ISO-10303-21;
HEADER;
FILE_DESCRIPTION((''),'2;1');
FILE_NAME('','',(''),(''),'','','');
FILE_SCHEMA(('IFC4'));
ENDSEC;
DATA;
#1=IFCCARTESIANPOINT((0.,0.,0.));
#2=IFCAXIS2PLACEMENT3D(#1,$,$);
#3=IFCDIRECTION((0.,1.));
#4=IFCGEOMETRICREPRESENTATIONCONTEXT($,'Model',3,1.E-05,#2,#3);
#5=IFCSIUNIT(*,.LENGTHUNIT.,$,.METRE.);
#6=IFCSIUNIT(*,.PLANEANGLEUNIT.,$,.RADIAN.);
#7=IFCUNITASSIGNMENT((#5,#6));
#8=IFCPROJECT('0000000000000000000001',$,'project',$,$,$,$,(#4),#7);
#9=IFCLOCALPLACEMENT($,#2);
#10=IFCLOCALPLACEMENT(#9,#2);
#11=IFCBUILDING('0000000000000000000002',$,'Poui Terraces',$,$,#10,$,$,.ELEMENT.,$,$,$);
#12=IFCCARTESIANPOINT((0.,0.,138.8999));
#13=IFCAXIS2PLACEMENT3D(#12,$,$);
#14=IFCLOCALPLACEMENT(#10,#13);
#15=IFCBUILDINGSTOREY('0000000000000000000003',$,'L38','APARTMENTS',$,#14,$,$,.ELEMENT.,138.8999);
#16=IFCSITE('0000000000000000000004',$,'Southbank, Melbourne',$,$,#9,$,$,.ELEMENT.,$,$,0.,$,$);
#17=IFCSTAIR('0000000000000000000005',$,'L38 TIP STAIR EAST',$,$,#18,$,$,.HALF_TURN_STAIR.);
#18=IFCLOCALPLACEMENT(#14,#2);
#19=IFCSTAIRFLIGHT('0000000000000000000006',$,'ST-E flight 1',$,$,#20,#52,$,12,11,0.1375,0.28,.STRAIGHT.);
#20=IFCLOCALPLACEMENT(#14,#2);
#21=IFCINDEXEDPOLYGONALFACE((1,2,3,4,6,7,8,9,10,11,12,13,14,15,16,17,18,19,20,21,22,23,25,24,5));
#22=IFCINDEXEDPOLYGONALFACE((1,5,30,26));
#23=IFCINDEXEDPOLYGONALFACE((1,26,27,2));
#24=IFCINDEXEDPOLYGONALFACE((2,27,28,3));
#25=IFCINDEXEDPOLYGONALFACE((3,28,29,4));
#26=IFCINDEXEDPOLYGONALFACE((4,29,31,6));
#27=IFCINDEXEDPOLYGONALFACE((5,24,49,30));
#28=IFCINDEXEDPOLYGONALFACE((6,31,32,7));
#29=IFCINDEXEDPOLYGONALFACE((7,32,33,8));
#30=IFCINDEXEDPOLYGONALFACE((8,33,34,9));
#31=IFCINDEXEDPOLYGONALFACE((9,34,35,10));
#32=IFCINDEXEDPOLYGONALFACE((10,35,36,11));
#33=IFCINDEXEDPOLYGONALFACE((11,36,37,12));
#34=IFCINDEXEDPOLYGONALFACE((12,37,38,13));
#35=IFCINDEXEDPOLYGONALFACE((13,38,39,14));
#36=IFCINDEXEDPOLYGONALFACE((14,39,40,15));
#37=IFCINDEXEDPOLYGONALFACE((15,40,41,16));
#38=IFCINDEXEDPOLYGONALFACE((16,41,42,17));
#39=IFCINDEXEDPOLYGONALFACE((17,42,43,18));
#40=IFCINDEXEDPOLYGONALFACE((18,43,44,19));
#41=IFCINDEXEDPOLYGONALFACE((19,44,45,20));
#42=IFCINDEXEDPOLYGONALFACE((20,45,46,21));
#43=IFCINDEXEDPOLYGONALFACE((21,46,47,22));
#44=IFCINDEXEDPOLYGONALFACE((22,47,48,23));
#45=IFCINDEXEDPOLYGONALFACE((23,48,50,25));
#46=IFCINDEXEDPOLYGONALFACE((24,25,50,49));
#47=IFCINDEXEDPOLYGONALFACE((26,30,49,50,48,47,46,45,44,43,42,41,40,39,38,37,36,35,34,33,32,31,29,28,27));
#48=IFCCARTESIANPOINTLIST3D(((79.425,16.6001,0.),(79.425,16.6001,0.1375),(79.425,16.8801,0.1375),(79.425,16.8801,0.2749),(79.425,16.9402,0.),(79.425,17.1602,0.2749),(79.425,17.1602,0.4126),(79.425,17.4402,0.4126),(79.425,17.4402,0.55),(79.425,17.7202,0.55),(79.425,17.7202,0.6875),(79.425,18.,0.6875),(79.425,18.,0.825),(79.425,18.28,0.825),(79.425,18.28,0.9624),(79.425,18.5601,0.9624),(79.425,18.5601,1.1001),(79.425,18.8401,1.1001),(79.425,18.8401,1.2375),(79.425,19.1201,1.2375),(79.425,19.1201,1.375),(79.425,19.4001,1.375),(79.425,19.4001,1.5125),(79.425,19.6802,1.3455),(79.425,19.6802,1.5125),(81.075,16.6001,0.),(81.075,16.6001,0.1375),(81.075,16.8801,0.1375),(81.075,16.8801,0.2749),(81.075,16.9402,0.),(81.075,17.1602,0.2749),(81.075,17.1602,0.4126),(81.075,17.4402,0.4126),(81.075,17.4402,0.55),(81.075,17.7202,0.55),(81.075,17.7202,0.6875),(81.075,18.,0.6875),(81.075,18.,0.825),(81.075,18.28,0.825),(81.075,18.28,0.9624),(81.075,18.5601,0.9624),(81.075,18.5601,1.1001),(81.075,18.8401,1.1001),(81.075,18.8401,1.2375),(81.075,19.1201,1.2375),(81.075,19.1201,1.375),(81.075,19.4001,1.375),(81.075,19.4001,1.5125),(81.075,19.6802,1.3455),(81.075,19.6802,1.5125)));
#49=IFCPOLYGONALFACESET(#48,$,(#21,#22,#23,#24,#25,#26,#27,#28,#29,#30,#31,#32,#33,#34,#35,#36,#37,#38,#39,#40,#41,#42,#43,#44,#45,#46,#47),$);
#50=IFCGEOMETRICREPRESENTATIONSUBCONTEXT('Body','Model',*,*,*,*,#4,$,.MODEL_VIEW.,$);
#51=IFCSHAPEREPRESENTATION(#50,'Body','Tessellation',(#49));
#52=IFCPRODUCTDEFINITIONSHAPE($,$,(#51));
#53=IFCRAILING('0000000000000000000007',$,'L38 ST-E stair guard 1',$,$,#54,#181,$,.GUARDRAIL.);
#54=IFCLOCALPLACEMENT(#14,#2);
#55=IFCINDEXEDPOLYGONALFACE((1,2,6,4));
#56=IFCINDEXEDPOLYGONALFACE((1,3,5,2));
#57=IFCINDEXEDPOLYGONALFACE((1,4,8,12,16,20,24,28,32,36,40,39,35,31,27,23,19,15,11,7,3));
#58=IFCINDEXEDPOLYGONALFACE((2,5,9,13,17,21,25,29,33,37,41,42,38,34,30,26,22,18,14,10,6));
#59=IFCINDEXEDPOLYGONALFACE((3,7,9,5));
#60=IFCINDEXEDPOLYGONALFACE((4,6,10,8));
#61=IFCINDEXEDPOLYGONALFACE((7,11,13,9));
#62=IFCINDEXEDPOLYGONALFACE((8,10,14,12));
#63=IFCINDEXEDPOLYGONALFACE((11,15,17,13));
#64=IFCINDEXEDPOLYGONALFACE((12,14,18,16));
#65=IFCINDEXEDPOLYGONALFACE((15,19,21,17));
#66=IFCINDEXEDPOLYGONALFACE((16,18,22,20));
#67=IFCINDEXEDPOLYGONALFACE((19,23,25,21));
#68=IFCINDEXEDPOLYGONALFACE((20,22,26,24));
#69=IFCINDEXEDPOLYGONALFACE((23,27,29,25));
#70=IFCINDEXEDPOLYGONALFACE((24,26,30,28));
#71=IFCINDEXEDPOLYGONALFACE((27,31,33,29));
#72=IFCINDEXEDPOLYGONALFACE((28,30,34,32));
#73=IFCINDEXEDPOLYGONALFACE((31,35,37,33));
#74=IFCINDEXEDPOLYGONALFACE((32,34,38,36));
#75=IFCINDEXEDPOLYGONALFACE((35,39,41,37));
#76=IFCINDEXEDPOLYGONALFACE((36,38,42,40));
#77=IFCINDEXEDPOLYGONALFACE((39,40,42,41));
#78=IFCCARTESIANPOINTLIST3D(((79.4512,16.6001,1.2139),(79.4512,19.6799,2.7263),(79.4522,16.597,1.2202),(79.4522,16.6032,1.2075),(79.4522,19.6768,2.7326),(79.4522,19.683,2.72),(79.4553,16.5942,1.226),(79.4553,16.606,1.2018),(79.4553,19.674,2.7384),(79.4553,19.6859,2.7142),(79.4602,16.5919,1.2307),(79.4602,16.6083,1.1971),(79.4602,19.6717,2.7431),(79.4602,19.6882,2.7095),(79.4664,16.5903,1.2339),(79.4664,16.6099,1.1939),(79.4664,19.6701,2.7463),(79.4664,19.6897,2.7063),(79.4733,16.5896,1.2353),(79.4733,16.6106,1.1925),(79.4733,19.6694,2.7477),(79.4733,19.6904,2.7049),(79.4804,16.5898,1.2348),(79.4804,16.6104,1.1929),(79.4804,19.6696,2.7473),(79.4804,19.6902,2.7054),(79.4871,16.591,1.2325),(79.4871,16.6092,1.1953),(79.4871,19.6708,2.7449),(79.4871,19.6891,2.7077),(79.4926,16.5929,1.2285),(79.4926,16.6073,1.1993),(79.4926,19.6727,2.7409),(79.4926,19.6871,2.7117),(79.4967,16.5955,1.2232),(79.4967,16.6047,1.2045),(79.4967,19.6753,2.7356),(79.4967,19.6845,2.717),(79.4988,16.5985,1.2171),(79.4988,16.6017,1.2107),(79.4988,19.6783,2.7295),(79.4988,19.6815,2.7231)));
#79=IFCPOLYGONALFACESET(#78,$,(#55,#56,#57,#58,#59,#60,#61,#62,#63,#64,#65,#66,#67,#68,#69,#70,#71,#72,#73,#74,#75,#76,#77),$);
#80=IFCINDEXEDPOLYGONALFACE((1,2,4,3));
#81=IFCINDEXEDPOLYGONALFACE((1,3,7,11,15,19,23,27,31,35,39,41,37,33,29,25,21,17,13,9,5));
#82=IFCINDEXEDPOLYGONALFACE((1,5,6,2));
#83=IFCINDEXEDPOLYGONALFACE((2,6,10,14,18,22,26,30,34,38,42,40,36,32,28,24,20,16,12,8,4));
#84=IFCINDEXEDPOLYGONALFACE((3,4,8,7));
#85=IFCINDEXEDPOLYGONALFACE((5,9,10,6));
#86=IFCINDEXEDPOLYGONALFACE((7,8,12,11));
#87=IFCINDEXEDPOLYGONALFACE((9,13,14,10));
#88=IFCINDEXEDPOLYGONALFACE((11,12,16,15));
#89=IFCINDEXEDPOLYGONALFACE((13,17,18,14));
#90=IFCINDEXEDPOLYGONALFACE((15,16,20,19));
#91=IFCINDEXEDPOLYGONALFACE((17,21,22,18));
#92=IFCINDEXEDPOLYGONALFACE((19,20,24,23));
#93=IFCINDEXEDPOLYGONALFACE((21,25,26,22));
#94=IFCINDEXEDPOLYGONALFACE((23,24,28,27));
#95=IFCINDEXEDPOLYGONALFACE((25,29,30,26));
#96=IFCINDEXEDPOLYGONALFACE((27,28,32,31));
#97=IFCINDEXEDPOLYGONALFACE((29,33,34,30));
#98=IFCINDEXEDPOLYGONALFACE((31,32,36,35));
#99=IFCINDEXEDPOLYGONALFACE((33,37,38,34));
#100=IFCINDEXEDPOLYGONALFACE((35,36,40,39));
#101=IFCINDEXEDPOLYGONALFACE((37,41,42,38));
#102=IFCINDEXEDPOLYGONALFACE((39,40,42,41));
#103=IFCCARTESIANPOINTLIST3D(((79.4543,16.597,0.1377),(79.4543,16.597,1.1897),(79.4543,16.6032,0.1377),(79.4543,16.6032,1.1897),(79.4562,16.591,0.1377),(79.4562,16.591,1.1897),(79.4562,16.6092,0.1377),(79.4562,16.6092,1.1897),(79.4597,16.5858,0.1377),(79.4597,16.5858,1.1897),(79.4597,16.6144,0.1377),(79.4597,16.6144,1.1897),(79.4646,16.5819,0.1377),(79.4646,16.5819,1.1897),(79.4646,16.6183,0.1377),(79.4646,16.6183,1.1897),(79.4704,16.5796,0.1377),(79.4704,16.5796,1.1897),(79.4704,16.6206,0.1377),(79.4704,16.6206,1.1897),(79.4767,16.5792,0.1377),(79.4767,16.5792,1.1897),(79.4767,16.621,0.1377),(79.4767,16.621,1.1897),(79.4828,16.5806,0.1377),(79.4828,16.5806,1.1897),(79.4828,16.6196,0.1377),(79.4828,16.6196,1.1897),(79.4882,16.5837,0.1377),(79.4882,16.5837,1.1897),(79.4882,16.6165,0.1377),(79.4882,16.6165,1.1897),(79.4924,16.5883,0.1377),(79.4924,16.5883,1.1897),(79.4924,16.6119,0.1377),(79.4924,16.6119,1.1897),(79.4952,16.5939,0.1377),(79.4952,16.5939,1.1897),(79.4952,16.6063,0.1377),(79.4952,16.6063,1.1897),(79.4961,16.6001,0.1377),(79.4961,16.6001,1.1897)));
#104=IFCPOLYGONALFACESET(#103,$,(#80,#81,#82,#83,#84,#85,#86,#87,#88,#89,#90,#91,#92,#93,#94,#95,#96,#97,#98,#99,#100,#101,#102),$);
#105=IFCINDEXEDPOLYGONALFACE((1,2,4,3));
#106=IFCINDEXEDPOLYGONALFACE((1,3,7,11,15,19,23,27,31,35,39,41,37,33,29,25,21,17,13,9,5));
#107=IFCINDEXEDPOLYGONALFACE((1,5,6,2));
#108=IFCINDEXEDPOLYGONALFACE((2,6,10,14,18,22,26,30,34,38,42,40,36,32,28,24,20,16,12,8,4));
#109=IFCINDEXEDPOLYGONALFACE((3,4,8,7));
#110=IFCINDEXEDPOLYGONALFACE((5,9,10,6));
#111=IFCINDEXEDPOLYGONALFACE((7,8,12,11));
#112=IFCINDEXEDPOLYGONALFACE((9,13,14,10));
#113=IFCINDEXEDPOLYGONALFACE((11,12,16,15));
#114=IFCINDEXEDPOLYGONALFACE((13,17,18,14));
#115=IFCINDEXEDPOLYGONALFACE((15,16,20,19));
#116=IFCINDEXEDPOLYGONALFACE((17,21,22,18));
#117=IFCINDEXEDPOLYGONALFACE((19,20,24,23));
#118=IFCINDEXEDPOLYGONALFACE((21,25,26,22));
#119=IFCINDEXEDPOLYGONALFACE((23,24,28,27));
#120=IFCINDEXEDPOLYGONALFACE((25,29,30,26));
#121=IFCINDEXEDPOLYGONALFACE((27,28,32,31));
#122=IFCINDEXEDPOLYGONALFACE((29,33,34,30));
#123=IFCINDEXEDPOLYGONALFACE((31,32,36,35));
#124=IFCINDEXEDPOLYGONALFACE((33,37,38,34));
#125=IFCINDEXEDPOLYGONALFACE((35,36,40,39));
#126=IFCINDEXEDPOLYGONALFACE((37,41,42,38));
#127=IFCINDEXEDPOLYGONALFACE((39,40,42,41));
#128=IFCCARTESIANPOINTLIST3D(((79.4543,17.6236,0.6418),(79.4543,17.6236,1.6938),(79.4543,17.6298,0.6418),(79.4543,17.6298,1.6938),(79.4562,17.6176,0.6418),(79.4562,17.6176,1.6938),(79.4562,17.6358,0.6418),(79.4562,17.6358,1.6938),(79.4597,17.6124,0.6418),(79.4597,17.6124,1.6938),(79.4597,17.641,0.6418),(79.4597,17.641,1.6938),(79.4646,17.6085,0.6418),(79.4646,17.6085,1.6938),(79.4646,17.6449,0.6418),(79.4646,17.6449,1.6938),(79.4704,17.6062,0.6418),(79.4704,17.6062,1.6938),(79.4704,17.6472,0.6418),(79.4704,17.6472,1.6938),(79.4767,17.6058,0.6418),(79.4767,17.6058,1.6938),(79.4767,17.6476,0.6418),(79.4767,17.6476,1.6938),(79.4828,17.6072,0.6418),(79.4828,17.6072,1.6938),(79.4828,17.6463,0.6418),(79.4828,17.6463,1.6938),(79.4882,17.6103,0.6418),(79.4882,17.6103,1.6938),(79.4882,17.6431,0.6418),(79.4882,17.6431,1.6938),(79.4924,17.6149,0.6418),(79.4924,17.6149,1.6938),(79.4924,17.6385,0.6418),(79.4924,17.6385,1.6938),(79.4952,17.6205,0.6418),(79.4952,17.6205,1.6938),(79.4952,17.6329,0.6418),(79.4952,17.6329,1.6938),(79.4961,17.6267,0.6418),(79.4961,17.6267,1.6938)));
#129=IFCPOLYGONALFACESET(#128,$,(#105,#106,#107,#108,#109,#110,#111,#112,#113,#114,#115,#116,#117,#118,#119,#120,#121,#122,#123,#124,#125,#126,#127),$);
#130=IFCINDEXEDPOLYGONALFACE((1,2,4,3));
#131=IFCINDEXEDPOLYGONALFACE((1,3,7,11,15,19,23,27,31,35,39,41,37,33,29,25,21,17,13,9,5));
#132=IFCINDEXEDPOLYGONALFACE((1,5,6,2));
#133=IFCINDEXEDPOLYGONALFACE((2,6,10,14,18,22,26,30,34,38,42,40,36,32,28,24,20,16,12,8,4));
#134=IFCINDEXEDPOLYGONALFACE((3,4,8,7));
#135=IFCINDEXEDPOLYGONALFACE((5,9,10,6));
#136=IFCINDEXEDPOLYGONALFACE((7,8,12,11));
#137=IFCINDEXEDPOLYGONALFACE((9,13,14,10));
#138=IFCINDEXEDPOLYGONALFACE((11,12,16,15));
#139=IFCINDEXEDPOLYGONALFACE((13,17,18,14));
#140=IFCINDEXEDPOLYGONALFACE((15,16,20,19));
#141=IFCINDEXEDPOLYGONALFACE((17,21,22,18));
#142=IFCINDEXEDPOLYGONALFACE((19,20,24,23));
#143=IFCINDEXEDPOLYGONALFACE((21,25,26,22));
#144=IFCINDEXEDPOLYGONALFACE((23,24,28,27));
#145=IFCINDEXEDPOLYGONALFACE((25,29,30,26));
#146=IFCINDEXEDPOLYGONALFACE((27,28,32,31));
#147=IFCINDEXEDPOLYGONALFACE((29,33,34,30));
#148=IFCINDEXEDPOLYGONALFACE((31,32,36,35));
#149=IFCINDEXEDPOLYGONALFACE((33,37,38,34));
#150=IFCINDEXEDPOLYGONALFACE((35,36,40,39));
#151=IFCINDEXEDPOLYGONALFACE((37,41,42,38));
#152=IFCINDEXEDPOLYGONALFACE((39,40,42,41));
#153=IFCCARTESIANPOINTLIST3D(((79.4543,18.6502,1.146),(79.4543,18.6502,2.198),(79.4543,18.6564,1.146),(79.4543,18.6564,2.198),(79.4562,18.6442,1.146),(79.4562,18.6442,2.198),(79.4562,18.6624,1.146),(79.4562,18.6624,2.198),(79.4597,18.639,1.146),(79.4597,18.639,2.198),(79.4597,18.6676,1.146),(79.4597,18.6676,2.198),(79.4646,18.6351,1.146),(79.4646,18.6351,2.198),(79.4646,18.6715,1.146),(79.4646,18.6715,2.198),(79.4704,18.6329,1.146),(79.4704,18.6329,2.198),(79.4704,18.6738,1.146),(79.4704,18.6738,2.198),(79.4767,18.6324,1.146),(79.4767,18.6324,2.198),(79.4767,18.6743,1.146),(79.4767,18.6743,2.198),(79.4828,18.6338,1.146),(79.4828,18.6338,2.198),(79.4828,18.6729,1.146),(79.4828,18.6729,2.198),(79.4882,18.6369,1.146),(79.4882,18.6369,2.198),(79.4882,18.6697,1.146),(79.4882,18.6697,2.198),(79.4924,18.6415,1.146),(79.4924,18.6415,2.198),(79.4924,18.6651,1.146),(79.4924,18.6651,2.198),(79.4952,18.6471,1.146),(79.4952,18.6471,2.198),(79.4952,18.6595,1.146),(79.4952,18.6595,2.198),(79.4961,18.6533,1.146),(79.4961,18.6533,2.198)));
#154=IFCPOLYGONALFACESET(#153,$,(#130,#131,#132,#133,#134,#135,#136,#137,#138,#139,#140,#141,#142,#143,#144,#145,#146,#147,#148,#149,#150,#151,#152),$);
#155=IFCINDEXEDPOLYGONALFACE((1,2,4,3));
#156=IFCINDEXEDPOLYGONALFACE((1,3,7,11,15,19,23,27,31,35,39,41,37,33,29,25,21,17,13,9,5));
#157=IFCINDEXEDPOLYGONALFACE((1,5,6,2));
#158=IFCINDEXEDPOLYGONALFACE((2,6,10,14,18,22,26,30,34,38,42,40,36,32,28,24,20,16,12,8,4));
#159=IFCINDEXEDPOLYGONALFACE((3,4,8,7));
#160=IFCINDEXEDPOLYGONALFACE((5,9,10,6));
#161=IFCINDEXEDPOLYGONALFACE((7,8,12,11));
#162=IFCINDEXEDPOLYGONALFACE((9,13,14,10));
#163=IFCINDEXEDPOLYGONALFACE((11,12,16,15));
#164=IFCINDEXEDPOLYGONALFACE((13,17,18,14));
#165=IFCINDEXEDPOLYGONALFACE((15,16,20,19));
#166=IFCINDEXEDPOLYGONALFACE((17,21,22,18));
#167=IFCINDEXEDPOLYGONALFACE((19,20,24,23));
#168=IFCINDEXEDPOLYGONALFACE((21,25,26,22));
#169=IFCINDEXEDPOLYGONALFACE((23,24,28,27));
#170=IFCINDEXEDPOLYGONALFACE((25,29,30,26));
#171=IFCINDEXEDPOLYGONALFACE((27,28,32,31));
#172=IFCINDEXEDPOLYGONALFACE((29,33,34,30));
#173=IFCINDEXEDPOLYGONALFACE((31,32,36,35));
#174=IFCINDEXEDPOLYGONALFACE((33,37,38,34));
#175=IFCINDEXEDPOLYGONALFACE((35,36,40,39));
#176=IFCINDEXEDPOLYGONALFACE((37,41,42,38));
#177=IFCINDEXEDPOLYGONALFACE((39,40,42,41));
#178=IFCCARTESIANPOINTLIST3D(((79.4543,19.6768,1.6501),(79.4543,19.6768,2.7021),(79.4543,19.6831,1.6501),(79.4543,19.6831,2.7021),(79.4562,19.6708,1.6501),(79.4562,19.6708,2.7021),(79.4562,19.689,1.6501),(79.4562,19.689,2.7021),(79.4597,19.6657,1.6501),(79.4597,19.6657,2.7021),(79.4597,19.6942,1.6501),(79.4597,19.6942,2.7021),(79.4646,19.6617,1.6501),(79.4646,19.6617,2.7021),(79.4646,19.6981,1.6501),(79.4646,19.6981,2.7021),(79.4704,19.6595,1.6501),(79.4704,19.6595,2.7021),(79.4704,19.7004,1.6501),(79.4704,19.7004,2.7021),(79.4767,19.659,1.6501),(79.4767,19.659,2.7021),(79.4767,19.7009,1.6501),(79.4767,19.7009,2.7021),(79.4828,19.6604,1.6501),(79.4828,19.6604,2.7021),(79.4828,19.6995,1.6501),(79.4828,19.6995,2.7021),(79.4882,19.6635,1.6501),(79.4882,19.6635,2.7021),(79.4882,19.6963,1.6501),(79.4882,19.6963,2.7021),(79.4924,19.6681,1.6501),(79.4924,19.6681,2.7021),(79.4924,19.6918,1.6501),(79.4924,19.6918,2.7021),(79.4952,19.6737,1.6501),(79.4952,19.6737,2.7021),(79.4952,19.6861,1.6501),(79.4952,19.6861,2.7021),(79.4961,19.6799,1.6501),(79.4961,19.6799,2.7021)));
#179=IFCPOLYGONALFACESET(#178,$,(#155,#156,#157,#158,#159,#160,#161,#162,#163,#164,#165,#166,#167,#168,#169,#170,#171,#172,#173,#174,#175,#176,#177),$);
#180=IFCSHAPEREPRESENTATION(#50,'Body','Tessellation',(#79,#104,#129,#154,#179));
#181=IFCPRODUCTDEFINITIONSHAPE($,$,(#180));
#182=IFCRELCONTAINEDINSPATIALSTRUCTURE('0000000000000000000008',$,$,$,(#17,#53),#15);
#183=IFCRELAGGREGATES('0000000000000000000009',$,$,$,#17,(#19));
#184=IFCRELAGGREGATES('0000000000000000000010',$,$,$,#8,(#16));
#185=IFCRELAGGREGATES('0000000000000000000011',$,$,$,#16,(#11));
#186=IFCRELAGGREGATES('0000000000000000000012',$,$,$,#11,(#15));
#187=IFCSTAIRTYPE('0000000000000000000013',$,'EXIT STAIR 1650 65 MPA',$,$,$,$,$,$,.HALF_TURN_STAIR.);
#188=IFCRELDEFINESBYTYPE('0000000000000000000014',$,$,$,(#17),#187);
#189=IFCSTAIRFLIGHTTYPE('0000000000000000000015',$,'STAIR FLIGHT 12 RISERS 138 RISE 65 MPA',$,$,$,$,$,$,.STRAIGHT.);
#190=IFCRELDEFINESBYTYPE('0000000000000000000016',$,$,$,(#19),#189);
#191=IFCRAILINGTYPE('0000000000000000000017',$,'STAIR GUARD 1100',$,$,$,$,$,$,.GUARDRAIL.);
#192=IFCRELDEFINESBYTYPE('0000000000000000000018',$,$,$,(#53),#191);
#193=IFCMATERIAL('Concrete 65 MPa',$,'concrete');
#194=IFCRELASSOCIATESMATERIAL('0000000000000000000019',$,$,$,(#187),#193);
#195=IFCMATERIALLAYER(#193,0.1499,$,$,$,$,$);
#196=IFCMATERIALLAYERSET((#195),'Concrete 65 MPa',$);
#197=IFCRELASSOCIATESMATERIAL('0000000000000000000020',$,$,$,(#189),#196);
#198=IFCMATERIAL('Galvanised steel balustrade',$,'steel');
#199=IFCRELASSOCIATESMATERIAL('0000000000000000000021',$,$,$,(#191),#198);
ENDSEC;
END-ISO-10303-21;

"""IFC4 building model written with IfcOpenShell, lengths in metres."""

from ifc_helpers import new_model, si_unit, direction, frame, origin, origin_2d, place, context, subcontext, project, spatial, polyline, circle, outline, extrude, material, layer, layer_set, type_object, element, aggregate, save


model = new_model("IFC4")

# Units and contexts
model_context = context("Model", 3, precision=1e-05, world=origin(), true_north=direction((0.0, 1.0)))
body_context = subcontext(model_context, "Body", "Model", "MODEL_VIEW")
ifc_project = project(units=[si_unit("LENGTHUNIT", "METRE"), si_unit("PLANEANGLEUNIT", "RADIAN")], contexts=[model_context])

# Site, building, storey
site_placement = place(None, origin())
site = spatial("IfcSite", under=ifc_project, at=site_placement, Name="Southbank, Melbourne", CompositionType="ELEMENT", RefElevation=0.0)
building_placement = place(site_placement, origin())
building = spatial("IfcBuilding", under=site, at=building_placement, Name="Poui Terraces", CompositionType="ELEMENT")
storey_placement = place(building_placement, frame((0.0, 0.0, 138.8999)))
storey = spatial("IfcBuildingStorey", under=building, at=storey_placement, Name="L38", Description="APARTMENTS", CompositionType="ELEMENT", Elevation=138.8999)

# Shared definitions
ifc_material_1 = material(Name="Concrete 65 MPa", Category="concrete")

# Stair, stair flight
stair_type = type_object("IfcStairType", Name="EXIT STAIR 1650 65 MPA", PredefinedType="HALF_TURN_STAIR", material=ifc_material_1)
stair_placement = place(storey_placement, origin())
stair = element("IfcStair", 1, at=stair_placement, inside=storey, type_object=stair_type, Name="L38 TIP STAIR EAST", PredefinedType="HALF_TURN_STAIR")
ifc_layer_1 = layer(ifc_material_1, 0.1499)
ifc_layer_set_1 = layer_set([ifc_layer_1], Name="Concrete 65 MPa")
stair_flight_type = type_object("IfcStairFlightType", Name="STAIR FLIGHT 12 RISERS 138 RISE 65 MPA", PredefinedType="STRAIGHT", material=ifc_layer_set_1)
stair_flight_placement = place(storey_placement, frame((80.25, 16.6001, 0.0), z_axis=(0.0, 0.0, 1.0), x_axis=(0.0, 1.0, 0.0)))
stair_flight = element("IfcStairFlight", 2, at=stair_flight_placement, type_object=stair_flight_type, Name="ST-E flight 1", NumberOfRisers=12, NumberOfTreads=11, PredefinedType="STRAIGHT", RiserHeight=0.1375, TreadLength=0.28, context=body_context, shape_type="SweptSolid", body=[
    extrude(outline(polyline([(0.0, 0.0), (0.0, 0.1375), (0.28, 0.1375), (0.28, 0.2749), (0.5601, 0.2749), (0.5601, 0.4126), (0.8401, 0.4126), (0.8401, 0.55), (1.1201, 0.55), (1.1201, 0.6875), (1.3999, 0.6875), (1.3999, 0.825), (1.6799, 0.825), (1.6799, 0.9624), (1.96, 0.9624), (1.96, 1.1001), (2.24, 1.1001), (2.24, 1.2375), (2.52, 1.2375), (2.52, 1.375), (2.8, 1.375), (2.8, 1.5125), (3.0801, 1.5125), (3.0801, 1.6499), (3.0801, 1.3455), (0.3401, 0.0), (0.0, 0.0)])), frame((0.0, 0.825, 0.0), z_axis=(0.0, -1.0, 0.0), x_axis=(1.0, 0.0, 0.0)), (0.0, 0.0, 1.0), 1.6499),
])
aggregate(stair, [stair_flight])

# Railing
ifc_material_2 = material(Name="Galvanised steel balustrade", Category="steel")
railing_type_1 = type_object("IfcRailingType", Name="STAIR GUARD 1100", PredefinedType="GUARDRAIL", material=ifc_material_2)
railing_1_placement = place(storey_placement, frame((79.4751, 16.6001, 0.1377)))
element("IfcRailing", 3, at=railing_1_placement, inside=storey, type_object=railing_type_1, Name="L38 ST-E stair guard 1", PredefinedType="GUARDRAIL", context=body_context, shape_type="SweptSolid", body=[
    extrude(circle(Radius=0.0239, at=origin_2d()), frame((0.0, 0.0, 1.0762), z_axis=(0.0, 0.897606, 0.440798), x_axis=(-1.0, 0.0, 0.0)), (0.0, 0.0, 1.0), 3.4312),
    extrude(circle(Radius=0.021, at=origin_2d()), origin(), (0.0, 0.0, 1.0), 1.052),
    extrude(circle(Radius=0.021, at=origin_2d()), frame((0.0, 1.0266, 0.5042)), (0.0, 0.0, 1.0), 1.052),
    extrude(circle(Radius=0.021, at=origin_2d()), frame((0.0, 2.0532, 1.0083)), (0.0, 0.0, 1.0), 1.052),
    extrude(circle(Radius=0.021, at=origin_2d()), frame((0.0, 3.0798, 1.5125)), (0.0, 0.0, 1.0), 1.052),
])

save(model, "model.ifc")
